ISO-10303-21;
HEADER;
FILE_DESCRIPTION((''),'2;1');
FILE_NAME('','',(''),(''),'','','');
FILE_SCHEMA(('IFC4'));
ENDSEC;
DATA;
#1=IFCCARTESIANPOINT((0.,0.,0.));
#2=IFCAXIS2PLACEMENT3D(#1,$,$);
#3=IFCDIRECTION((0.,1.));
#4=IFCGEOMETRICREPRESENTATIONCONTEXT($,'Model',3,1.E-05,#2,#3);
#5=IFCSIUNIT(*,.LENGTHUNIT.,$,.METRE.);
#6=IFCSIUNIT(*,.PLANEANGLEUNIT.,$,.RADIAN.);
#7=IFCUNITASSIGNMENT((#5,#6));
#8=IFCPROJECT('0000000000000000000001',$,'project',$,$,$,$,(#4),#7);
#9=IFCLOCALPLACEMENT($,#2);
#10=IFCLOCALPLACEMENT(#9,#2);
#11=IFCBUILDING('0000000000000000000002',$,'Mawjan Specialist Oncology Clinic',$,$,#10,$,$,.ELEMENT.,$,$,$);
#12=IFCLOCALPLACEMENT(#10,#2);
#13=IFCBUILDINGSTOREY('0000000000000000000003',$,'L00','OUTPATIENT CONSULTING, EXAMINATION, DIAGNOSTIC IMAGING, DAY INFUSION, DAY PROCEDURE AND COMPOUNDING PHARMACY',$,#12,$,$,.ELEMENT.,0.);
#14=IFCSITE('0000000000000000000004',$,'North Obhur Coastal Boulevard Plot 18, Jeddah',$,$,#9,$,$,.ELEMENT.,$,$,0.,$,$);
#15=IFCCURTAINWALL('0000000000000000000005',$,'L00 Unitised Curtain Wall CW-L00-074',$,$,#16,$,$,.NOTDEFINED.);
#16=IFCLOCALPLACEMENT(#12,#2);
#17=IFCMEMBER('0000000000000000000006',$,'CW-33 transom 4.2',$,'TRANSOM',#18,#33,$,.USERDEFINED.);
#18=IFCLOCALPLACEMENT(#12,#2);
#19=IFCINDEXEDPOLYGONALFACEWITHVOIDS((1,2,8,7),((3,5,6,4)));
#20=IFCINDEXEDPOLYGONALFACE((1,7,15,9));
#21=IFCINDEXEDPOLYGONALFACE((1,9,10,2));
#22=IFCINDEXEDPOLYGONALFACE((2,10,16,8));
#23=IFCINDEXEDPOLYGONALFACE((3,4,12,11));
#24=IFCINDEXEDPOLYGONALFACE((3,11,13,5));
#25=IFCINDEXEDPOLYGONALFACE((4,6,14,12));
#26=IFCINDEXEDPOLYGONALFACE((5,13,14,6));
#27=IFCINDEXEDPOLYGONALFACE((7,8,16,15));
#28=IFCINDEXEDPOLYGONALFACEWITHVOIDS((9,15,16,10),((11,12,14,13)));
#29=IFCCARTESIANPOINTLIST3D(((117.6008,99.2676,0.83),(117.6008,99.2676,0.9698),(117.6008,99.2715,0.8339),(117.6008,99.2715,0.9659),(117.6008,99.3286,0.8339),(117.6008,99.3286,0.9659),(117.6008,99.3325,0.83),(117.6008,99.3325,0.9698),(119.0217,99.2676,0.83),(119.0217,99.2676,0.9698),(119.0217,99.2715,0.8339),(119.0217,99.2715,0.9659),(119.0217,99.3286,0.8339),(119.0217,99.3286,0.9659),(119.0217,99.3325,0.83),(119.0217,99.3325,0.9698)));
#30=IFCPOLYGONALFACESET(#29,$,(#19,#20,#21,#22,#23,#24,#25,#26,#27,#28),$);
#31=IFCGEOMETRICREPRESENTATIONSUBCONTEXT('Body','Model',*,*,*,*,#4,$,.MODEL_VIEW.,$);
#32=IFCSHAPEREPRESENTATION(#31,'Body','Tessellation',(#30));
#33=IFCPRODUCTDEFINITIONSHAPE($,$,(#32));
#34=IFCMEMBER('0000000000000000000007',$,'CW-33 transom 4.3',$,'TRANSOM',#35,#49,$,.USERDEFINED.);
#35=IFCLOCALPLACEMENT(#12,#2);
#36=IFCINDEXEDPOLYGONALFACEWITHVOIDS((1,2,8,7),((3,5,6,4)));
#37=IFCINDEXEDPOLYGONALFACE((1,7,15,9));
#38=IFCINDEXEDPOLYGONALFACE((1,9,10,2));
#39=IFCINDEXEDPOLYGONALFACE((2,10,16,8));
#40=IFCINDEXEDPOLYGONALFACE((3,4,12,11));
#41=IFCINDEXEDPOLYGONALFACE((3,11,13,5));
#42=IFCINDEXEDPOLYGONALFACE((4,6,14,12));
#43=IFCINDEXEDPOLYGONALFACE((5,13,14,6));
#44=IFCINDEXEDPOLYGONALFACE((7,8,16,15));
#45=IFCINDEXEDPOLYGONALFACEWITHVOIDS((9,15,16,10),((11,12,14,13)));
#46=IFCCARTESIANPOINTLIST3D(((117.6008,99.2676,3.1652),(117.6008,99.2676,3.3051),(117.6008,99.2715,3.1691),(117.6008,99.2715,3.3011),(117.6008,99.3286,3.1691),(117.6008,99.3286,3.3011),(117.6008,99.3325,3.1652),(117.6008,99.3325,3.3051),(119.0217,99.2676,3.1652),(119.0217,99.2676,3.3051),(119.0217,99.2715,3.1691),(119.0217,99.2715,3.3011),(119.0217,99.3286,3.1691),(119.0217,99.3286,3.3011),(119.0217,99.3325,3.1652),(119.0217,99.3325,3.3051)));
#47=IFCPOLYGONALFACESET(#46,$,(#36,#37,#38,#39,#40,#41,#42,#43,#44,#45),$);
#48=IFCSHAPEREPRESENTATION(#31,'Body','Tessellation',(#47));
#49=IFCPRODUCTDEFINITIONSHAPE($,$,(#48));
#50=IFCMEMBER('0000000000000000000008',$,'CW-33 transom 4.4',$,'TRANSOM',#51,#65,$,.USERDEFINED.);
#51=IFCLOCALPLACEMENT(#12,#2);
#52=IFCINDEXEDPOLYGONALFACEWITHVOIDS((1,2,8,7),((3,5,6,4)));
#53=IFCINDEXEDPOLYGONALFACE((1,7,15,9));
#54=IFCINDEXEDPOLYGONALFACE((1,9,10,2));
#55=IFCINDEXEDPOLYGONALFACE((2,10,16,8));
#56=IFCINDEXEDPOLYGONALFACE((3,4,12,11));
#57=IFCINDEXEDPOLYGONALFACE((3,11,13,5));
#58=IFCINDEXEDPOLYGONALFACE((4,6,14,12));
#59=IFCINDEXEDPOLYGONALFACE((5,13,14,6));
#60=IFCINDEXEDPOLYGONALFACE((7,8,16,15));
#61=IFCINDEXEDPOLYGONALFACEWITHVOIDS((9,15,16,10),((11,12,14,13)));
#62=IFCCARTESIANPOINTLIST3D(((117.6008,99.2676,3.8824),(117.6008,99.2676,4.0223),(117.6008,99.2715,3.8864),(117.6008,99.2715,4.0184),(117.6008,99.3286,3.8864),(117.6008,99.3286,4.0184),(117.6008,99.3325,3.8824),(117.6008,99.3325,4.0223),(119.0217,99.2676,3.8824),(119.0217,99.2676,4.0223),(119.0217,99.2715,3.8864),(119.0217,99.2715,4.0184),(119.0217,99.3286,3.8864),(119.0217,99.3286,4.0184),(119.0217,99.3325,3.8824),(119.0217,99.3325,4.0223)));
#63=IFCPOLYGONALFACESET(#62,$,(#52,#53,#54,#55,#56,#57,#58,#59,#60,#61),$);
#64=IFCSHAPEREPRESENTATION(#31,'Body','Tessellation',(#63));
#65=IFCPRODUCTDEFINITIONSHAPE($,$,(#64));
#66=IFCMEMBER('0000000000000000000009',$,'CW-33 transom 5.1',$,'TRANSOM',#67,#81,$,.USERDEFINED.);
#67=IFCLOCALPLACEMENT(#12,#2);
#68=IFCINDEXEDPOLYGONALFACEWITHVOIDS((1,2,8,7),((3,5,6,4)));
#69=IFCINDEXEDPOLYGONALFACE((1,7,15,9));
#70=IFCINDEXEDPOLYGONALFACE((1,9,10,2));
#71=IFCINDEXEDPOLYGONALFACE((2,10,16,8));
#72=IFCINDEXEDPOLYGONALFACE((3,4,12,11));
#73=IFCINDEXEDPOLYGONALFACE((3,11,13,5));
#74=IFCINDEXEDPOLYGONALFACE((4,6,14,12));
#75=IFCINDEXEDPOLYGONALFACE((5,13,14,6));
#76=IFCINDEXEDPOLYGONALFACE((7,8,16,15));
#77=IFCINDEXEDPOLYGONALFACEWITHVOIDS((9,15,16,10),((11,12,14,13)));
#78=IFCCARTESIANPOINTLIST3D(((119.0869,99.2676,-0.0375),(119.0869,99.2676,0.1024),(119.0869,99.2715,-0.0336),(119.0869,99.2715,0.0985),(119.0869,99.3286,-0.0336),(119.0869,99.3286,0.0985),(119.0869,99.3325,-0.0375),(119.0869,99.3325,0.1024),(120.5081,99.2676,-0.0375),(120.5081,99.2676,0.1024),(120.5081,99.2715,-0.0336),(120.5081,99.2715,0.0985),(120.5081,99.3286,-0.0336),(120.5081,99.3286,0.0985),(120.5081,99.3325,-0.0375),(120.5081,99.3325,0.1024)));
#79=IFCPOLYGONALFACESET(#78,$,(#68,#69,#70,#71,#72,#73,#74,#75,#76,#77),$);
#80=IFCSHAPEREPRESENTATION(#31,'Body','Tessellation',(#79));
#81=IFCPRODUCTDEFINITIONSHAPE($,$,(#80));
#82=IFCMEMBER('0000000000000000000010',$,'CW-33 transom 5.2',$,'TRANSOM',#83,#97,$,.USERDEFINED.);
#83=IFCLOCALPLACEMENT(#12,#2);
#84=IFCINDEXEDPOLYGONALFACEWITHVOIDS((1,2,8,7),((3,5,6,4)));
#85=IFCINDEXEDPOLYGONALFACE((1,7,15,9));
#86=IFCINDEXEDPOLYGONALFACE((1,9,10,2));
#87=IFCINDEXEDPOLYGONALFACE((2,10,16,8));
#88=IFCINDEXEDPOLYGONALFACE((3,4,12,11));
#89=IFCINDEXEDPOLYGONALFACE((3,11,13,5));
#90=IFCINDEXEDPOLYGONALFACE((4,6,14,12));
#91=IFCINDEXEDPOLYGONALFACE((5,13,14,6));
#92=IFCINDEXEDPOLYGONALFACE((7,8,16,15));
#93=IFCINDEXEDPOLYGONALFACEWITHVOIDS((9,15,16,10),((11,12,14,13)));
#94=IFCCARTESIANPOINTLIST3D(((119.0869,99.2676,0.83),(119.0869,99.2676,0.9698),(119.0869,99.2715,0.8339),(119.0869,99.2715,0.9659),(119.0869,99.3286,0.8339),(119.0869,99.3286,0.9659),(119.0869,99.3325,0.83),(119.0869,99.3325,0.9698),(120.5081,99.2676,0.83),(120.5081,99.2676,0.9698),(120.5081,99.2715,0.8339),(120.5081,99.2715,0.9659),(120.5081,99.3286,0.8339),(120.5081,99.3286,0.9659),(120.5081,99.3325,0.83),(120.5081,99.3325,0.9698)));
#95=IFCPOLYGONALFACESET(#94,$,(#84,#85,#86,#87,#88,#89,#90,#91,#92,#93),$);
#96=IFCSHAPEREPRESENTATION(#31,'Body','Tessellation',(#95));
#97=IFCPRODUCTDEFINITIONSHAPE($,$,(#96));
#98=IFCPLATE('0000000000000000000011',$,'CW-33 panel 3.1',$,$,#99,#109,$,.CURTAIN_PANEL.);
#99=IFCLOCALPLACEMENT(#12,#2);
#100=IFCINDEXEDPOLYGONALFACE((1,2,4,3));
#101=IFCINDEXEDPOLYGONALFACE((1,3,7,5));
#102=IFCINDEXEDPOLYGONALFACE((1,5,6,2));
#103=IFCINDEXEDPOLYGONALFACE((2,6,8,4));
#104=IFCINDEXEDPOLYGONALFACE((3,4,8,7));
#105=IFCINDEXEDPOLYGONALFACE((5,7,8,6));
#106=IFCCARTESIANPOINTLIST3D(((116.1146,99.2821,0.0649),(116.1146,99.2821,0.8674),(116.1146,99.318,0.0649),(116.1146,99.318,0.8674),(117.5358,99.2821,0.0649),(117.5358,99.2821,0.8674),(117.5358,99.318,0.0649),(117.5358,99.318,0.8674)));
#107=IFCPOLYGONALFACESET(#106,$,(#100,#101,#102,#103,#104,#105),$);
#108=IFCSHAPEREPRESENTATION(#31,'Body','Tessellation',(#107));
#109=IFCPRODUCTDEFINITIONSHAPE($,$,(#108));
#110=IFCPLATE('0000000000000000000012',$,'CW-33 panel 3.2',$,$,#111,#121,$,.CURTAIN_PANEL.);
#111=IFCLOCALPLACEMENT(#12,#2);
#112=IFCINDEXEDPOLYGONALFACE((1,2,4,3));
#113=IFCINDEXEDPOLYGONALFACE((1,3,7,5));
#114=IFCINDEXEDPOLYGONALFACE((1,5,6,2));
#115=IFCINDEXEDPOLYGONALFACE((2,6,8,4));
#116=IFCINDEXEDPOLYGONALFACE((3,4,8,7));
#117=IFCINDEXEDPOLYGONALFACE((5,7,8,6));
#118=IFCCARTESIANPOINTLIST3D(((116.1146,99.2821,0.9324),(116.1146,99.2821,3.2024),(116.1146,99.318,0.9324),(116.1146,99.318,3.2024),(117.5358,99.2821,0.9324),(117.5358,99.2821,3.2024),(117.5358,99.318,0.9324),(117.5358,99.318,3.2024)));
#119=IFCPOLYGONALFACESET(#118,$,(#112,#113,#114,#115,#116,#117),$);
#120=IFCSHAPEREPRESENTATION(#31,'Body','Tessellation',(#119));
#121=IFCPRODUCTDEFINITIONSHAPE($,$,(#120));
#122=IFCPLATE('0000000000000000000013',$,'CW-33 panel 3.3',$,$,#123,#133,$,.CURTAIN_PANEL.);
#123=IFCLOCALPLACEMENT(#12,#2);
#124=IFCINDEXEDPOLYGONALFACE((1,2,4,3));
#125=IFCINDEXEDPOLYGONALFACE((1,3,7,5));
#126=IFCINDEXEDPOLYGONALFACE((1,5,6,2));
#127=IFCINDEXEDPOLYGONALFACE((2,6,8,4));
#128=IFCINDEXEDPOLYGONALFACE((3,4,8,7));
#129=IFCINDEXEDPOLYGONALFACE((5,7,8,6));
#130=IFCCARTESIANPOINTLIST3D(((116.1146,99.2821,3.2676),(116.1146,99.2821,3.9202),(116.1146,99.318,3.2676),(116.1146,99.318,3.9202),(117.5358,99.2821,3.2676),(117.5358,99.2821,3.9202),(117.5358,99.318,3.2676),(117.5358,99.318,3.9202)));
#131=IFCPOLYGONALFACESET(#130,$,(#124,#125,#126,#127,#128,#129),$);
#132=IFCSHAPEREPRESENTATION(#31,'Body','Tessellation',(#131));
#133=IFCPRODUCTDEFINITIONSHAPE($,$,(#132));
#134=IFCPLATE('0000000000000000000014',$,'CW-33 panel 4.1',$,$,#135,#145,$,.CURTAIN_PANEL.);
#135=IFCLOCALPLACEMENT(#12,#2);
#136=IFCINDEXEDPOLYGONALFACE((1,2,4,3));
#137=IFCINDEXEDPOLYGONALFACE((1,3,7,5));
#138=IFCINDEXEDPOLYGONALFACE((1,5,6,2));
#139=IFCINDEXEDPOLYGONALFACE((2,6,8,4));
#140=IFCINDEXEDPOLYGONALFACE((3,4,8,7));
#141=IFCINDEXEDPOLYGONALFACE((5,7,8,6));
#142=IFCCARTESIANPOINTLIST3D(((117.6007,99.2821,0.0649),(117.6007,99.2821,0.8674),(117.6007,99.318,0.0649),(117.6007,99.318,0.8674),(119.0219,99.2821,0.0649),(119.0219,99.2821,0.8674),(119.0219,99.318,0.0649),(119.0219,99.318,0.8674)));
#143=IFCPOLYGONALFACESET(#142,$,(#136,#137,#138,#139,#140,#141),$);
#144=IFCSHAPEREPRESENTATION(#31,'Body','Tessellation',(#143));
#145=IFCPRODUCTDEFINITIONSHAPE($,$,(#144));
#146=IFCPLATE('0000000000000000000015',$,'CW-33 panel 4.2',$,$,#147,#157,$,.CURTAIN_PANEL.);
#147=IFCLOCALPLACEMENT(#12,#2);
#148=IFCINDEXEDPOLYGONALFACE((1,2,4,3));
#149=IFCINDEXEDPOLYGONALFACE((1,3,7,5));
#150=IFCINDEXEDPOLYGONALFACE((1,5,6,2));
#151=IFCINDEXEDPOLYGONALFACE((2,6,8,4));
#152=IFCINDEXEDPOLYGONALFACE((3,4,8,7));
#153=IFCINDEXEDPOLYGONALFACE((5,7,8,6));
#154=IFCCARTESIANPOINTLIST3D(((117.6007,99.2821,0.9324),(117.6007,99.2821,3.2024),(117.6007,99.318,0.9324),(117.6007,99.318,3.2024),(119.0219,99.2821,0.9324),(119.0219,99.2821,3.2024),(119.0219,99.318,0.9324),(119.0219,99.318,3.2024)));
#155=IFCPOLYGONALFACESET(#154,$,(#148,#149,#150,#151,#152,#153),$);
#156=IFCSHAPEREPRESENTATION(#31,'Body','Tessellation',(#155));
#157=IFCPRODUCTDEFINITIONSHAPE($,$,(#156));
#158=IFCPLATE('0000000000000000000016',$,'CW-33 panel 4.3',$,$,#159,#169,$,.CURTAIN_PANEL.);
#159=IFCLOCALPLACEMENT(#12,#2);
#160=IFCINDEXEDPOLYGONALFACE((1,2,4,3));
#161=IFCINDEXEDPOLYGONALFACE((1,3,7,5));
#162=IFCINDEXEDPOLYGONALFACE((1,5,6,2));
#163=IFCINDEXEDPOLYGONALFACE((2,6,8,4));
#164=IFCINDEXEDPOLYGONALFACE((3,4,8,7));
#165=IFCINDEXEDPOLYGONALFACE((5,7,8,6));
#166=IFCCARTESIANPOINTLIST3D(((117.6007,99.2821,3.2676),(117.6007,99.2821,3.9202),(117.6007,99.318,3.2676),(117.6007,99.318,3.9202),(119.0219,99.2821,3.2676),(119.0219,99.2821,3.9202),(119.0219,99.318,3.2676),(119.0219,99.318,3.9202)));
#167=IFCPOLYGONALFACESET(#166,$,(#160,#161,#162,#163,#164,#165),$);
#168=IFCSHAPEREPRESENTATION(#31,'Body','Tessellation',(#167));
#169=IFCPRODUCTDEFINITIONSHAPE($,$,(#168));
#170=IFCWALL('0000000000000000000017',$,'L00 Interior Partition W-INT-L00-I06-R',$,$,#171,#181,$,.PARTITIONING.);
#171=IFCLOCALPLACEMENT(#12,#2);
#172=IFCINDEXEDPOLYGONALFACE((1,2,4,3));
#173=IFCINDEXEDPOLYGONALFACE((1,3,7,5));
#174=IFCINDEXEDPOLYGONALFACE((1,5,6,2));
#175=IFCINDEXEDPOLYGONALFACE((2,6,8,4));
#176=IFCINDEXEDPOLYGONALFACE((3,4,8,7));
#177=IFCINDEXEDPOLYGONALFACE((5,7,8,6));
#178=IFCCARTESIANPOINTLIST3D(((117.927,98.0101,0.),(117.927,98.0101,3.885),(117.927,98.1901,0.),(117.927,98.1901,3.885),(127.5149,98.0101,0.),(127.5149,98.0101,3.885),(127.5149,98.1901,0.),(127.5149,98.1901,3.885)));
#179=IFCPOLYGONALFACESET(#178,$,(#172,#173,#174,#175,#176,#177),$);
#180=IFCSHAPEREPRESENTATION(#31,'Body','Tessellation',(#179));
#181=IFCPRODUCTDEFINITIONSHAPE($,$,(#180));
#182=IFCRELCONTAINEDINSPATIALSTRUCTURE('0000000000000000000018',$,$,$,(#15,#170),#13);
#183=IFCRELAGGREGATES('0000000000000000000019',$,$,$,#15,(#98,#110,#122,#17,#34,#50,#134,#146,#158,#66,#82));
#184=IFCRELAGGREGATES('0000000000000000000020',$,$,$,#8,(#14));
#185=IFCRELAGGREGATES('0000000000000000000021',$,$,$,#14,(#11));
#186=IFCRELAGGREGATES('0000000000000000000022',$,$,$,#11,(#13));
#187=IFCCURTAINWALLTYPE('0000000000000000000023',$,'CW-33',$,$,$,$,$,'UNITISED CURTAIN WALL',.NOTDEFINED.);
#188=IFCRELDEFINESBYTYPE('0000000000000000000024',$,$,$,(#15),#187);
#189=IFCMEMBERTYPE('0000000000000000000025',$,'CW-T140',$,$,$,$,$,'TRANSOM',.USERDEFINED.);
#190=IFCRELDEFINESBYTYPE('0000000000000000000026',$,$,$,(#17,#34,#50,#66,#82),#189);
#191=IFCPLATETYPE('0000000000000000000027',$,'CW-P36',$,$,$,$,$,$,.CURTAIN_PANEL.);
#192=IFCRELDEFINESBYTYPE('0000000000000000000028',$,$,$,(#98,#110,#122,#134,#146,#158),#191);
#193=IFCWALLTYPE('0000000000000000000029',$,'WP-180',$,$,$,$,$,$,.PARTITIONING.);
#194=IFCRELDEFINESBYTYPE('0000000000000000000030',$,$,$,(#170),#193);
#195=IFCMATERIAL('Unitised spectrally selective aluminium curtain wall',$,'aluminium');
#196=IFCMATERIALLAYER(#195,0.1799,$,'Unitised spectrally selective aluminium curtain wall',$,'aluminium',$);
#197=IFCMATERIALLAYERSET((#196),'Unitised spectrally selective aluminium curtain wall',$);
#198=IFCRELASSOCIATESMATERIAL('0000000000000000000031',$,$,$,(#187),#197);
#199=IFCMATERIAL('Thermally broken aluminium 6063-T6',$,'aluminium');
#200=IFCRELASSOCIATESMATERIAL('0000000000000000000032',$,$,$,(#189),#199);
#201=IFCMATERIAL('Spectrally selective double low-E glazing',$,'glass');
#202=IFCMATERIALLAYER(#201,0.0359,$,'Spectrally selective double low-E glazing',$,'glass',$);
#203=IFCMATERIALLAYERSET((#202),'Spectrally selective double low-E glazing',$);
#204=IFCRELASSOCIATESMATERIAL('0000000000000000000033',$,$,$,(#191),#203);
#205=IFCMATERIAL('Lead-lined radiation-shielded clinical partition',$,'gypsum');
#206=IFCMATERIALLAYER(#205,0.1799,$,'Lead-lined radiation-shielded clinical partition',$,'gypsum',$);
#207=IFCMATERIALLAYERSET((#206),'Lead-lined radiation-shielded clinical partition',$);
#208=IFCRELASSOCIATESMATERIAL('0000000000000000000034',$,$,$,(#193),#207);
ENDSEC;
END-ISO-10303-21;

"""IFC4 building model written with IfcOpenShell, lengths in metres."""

from ifc_helpers import new_model, si_unit, direction, frame, frame_2d, origin, origin_2d, place, context, subcontext, project, spatial, rectangle, hollow_rectangle, extrude, material, layer, layer_set, material_profile, profile_set, type_object, element, aggregate, save


model = new_model("IFC4")

# Units and contexts
model_context = context("Model", 3, precision=1e-05, world=origin(), true_north=direction((0.0, 1.0)))
body_context = subcontext(model_context, "Body", "Model", "MODEL_VIEW")
ifc_project = project(units=[si_unit("LENGTHUNIT", "METRE"), si_unit("PLANEANGLEUNIT", "RADIAN")], contexts=[model_context])

# Site, building, storey
site_placement = place(None, origin())
site = spatial("IfcSite", under=ifc_project, at=site_placement, Name="North Obhur Coastal Boulevard Plot 18, Jeddah", CompositionType="ELEMENT", RefElevation=0.0)
building_placement = place(site_placement, origin())
building = spatial("IfcBuilding", under=site, at=building_placement, Name="Mawjan Specialist Oncology Clinic", CompositionType="ELEMENT")
storey_placement = place(building_placement, origin())
storey = spatial("IfcBuildingStorey", under=building, at=storey_placement, Name="L00", Description="OUTPATIENT CONSULTING, EXAMINATION, DIAGNOSTIC IMAGING, DAY INFUSION, DAY PROCEDURE AND COMPOUNDING PHARMACY", CompositionType="ELEMENT", Elevation=0.0)

# Curtain wall, members, plates
ifc_material_1 = material(Name="Unitised spectrally selective aluminium curtain wall", Category="aluminium")
ifc_layer_1 = layer(ifc_material_1, 0.1799, Name="Unitised spectrally selective aluminium curtain wall", Category="aluminium")
ifc_layer_set_1 = layer_set([ifc_layer_1], Name="Unitised spectrally selective aluminium curtain wall")
curtain_wall_type = type_object("IfcCurtainWallType", Name="CW-33", ElementType="UNITISED CURTAIN WALL", PredefinedType="NOTDEFINED", material=ifc_layer_set_1)
curtain_wall_placement = place(storey_placement, origin())
curtain_wall = element("IfcCurtainWall", 1, at=curtain_wall_placement, inside=storey, type_object=curtain_wall_type, Name="L00 Unitised Curtain Wall CW-L00-074", PredefinedType="NOTDEFINED")
ifc_material_2 = material(Name="Thermally broken aluminium 6063-T6", Category="aluminium")
ifc_material_profile_1 = material_profile(ifc_material_2, hollow_rectangle(XDim=0.0649, YDim=0.1399, WallThickness=0.0039, at=origin_2d()), Name="ALU TRANSOM 140x65x4", Category="aluminium")
ifc_profile_set_1 = profile_set([ifc_material_profile_1], Name="Thermally broken aluminium 6063-T6")
member_type_1 = type_object("IfcMemberType", Name="CW-T140", ElementType="TRANSOM", PredefinedType="USERDEFINED", material=ifc_profile_set_1)
member_1_placement = place(storey_placement, frame((117.6008, 99.3, 0.8999), z_axis=(1.0, 0.0, 0.0), x_axis=(0.0, 1.0, 0.0)))
member_1 = element("IfcMember", 2, at=member_1_placement, type_object=member_type_1, Name="CW-33 transom 4.2", ObjectType="TRANSOM", PredefinedType="USERDEFINED", context=body_context, shape_type="SweptSolid", body=[
    extrude(hollow_rectangle(XDim=0.0649, YDim=0.1399, WallThickness=0.0039, at=origin_2d()), origin(), (0.0, 0.0, 1.0), 1.4209),
])
member_2_placement = place(storey_placement, frame((117.6008, 99.3, 3.2351), z_axis=(1.0, 0.0, 0.0), x_axis=(0.0, 1.0, 0.0)))
member_2 = element("IfcMember", 3, at=member_2_placement, type_object=member_type_1, Name="CW-33 transom 4.3", ObjectType="TRANSOM", PredefinedType="USERDEFINED", context=body_context, shape_type="SweptSolid", body=[
    extrude(hollow_rectangle(XDim=0.0649, YDim=0.1399, WallThickness=0.0039, at=origin_2d()), origin(), (0.0, 0.0, 1.0), 1.4209),
])
member_3_placement = place(storey_placement, frame((117.6008, 99.3, 3.9524), z_axis=(1.0, 0.0, 0.0), x_axis=(0.0, 1.0, 0.0)))
member_3 = element("IfcMember", 4, at=member_3_placement, type_object=member_type_1, Name="CW-33 transom 4.4", ObjectType="TRANSOM", PredefinedType="USERDEFINED", context=body_context, shape_type="SweptSolid", body=[
    extrude(hollow_rectangle(XDim=0.0649, YDim=0.1399, WallThickness=0.0039, at=origin_2d()), origin(), (0.0, 0.0, 1.0), 1.4209),
])
member_4_placement = place(storey_placement, frame((119.0869, 99.3, 0.0325), z_axis=(1.0, 0.0, 0.0), x_axis=(0.0, 1.0, 0.0)))
member_4 = element("IfcMember", 5, at=member_4_placement, type_object=member_type_1, Name="CW-33 transom 5.1", ObjectType="TRANSOM", PredefinedType="USERDEFINED", context=body_context, shape_type="SweptSolid", body=[
    extrude(hollow_rectangle(XDim=0.0649, YDim=0.1399, WallThickness=0.0039, at=origin_2d()), origin(), (0.0, 0.0, 1.0), 1.4211),
])
member_5_placement = place(storey_placement, frame((119.0869, 99.3, 0.8999), z_axis=(1.0, 0.0, 0.0), x_axis=(0.0, 1.0, 0.0)))
member_5 = element("IfcMember", 6, at=member_5_placement, type_object=member_type_1, Name="CW-33 transom 5.2", ObjectType="TRANSOM", PredefinedType="USERDEFINED", context=body_context, shape_type="SweptSolid", body=[
    extrude(hollow_rectangle(XDim=0.0649, YDim=0.1399, WallThickness=0.0039, at=origin_2d()), origin(), (0.0, 0.0, 1.0), 1.4211),
])
ifc_material_3 = material(Name="Spectrally selective double low-E glazing", Category="glass")
ifc_layer_2 = layer(ifc_material_3, 0.0359, Name="Spectrally selective double low-E glazing", Category="glass")
ifc_layer_set_2 = layer_set([ifc_layer_2], Name="Spectrally selective double low-E glazing")
plate_type = type_object("IfcPlateType", Name="CW-P36", PredefinedType="CURTAIN_PANEL", material=ifc_layer_set_2)
plate_1_placement = place(storey_placement, frame((116.8252, 99.3, 0.0649), z_axis=(0.0, 0.0, 1.0), x_axis=(1.0, 0.0, 0.0)))
plate_1 = element("IfcPlate", 7, at=plate_1_placement, type_object=plate_type, Name="CW-33 panel 3.1", PredefinedType="CURTAIN_PANEL", context=body_context, shape_type="SweptSolid", body=[
    extrude(rectangle(XDim=1.4211, YDim=0.0359, at=origin_2d()), origin(), (0.0, 0.0, 1.0), 0.8025),
])
plate_2_placement = place(storey_placement, frame((116.8252, 99.3, 0.9324), z_axis=(0.0, 0.0, 1.0), x_axis=(1.0, 0.0, 0.0)))
plate_2 = element("IfcPlate", 8, at=plate_2_placement, type_object=plate_type, Name="CW-33 panel 3.2", PredefinedType="CURTAIN_PANEL", context=body_context, shape_type="SweptSolid", body=[
    extrude(rectangle(XDim=1.4211, YDim=0.0359, at=origin_2d()), origin(), (0.0, 0.0, 1.0), 2.27),
])
plate_3_placement = place(storey_placement, frame((116.8252, 99.3, 3.2676), z_axis=(0.0, 0.0, 1.0), x_axis=(1.0, 0.0, 0.0)))
plate_3 = element("IfcPlate", 9, at=plate_3_placement, type_object=plate_type, Name="CW-33 panel 3.3", PredefinedType="CURTAIN_PANEL", context=body_context, shape_type="SweptSolid", body=[
    extrude(rectangle(XDim=1.4211, YDim=0.0359, at=origin_2d()), origin(), (0.0, 0.0, 1.0), 0.6526),
])
plate_4_placement = place(storey_placement, frame((118.3113, 99.3, 0.0649), z_axis=(0.0, 0.0, 1.0), x_axis=(1.0, 0.0, 0.0)))
plate_4 = element("IfcPlate", 10, at=plate_4_placement, type_object=plate_type, Name="CW-33 panel 4.1", PredefinedType="CURTAIN_PANEL", context=body_context, shape_type="SweptSolid", body=[
    extrude(rectangle(XDim=1.4211, YDim=0.0359, at=origin_2d()), origin(), (0.0, 0.0, 1.0), 0.8025),
])
plate_5_placement = place(storey_placement, frame((118.3113, 99.3, 0.9324), z_axis=(0.0, 0.0, 1.0), x_axis=(1.0, 0.0, 0.0)))
plate_5 = element("IfcPlate", 11, at=plate_5_placement, type_object=plate_type, Name="CW-33 panel 4.2", PredefinedType="CURTAIN_PANEL", context=body_context, shape_type="SweptSolid", body=[
    extrude(rectangle(XDim=1.4211, YDim=0.0359, at=origin_2d()), origin(), (0.0, 0.0, 1.0), 2.27),
])
plate_6_placement = place(storey_placement, frame((118.3113, 99.3, 3.2676), z_axis=(0.0, 0.0, 1.0), x_axis=(1.0, 0.0, 0.0)))
plate_6 = element("IfcPlate", 12, at=plate_6_placement, type_object=plate_type, Name="CW-33 panel 4.3", PredefinedType="CURTAIN_PANEL", context=body_context, shape_type="SweptSolid", body=[
    extrude(rectangle(XDim=1.4211, YDim=0.0359, at=origin_2d()), origin(), (0.0, 0.0, 1.0), 0.6526),
])
aggregate(curtain_wall, [plate_1, plate_2, plate_3, member_1, member_2, member_3, plate_4, plate_5, plate_6, member_4, member_5])

# Wall
ifc_material_4 = material(Name="Lead-lined radiation-shielded clinical partition", Category="gypsum")
ifc_layer_3 = layer(ifc_material_4, 0.1799, Name="Lead-lined radiation-shielded clinical partition", Category="gypsum")
ifc_layer_set_3 = layer_set([ifc_layer_3], Name="Lead-lined radiation-shielded clinical partition")
wall_type = type_object("IfcWallType", Name="WP-180", PredefinedType="PARTITIONING", material=ifc_layer_set_3)
wall_placement = place(storey_placement, frame((117.927, 98.1001, 0.0), z_axis=(0.0, 0.0, 1.0), x_axis=(1.0, 0.0, 0.0)))
element("IfcWall", 13, at=wall_placement, inside=storey, type_object=wall_type, Name="L00 Interior Partition W-INT-L00-I06-R", PredefinedType="PARTITIONING", context=body_context, shape_type="SweptSolid", body=[
    extrude(rectangle(XDim=9.5879, YDim=0.1799, at=frame_2d((4.7939, 0.0))), origin(), (0.0, 0.0, 1.0), 3.885),
])

save(model, "model.ifc")
